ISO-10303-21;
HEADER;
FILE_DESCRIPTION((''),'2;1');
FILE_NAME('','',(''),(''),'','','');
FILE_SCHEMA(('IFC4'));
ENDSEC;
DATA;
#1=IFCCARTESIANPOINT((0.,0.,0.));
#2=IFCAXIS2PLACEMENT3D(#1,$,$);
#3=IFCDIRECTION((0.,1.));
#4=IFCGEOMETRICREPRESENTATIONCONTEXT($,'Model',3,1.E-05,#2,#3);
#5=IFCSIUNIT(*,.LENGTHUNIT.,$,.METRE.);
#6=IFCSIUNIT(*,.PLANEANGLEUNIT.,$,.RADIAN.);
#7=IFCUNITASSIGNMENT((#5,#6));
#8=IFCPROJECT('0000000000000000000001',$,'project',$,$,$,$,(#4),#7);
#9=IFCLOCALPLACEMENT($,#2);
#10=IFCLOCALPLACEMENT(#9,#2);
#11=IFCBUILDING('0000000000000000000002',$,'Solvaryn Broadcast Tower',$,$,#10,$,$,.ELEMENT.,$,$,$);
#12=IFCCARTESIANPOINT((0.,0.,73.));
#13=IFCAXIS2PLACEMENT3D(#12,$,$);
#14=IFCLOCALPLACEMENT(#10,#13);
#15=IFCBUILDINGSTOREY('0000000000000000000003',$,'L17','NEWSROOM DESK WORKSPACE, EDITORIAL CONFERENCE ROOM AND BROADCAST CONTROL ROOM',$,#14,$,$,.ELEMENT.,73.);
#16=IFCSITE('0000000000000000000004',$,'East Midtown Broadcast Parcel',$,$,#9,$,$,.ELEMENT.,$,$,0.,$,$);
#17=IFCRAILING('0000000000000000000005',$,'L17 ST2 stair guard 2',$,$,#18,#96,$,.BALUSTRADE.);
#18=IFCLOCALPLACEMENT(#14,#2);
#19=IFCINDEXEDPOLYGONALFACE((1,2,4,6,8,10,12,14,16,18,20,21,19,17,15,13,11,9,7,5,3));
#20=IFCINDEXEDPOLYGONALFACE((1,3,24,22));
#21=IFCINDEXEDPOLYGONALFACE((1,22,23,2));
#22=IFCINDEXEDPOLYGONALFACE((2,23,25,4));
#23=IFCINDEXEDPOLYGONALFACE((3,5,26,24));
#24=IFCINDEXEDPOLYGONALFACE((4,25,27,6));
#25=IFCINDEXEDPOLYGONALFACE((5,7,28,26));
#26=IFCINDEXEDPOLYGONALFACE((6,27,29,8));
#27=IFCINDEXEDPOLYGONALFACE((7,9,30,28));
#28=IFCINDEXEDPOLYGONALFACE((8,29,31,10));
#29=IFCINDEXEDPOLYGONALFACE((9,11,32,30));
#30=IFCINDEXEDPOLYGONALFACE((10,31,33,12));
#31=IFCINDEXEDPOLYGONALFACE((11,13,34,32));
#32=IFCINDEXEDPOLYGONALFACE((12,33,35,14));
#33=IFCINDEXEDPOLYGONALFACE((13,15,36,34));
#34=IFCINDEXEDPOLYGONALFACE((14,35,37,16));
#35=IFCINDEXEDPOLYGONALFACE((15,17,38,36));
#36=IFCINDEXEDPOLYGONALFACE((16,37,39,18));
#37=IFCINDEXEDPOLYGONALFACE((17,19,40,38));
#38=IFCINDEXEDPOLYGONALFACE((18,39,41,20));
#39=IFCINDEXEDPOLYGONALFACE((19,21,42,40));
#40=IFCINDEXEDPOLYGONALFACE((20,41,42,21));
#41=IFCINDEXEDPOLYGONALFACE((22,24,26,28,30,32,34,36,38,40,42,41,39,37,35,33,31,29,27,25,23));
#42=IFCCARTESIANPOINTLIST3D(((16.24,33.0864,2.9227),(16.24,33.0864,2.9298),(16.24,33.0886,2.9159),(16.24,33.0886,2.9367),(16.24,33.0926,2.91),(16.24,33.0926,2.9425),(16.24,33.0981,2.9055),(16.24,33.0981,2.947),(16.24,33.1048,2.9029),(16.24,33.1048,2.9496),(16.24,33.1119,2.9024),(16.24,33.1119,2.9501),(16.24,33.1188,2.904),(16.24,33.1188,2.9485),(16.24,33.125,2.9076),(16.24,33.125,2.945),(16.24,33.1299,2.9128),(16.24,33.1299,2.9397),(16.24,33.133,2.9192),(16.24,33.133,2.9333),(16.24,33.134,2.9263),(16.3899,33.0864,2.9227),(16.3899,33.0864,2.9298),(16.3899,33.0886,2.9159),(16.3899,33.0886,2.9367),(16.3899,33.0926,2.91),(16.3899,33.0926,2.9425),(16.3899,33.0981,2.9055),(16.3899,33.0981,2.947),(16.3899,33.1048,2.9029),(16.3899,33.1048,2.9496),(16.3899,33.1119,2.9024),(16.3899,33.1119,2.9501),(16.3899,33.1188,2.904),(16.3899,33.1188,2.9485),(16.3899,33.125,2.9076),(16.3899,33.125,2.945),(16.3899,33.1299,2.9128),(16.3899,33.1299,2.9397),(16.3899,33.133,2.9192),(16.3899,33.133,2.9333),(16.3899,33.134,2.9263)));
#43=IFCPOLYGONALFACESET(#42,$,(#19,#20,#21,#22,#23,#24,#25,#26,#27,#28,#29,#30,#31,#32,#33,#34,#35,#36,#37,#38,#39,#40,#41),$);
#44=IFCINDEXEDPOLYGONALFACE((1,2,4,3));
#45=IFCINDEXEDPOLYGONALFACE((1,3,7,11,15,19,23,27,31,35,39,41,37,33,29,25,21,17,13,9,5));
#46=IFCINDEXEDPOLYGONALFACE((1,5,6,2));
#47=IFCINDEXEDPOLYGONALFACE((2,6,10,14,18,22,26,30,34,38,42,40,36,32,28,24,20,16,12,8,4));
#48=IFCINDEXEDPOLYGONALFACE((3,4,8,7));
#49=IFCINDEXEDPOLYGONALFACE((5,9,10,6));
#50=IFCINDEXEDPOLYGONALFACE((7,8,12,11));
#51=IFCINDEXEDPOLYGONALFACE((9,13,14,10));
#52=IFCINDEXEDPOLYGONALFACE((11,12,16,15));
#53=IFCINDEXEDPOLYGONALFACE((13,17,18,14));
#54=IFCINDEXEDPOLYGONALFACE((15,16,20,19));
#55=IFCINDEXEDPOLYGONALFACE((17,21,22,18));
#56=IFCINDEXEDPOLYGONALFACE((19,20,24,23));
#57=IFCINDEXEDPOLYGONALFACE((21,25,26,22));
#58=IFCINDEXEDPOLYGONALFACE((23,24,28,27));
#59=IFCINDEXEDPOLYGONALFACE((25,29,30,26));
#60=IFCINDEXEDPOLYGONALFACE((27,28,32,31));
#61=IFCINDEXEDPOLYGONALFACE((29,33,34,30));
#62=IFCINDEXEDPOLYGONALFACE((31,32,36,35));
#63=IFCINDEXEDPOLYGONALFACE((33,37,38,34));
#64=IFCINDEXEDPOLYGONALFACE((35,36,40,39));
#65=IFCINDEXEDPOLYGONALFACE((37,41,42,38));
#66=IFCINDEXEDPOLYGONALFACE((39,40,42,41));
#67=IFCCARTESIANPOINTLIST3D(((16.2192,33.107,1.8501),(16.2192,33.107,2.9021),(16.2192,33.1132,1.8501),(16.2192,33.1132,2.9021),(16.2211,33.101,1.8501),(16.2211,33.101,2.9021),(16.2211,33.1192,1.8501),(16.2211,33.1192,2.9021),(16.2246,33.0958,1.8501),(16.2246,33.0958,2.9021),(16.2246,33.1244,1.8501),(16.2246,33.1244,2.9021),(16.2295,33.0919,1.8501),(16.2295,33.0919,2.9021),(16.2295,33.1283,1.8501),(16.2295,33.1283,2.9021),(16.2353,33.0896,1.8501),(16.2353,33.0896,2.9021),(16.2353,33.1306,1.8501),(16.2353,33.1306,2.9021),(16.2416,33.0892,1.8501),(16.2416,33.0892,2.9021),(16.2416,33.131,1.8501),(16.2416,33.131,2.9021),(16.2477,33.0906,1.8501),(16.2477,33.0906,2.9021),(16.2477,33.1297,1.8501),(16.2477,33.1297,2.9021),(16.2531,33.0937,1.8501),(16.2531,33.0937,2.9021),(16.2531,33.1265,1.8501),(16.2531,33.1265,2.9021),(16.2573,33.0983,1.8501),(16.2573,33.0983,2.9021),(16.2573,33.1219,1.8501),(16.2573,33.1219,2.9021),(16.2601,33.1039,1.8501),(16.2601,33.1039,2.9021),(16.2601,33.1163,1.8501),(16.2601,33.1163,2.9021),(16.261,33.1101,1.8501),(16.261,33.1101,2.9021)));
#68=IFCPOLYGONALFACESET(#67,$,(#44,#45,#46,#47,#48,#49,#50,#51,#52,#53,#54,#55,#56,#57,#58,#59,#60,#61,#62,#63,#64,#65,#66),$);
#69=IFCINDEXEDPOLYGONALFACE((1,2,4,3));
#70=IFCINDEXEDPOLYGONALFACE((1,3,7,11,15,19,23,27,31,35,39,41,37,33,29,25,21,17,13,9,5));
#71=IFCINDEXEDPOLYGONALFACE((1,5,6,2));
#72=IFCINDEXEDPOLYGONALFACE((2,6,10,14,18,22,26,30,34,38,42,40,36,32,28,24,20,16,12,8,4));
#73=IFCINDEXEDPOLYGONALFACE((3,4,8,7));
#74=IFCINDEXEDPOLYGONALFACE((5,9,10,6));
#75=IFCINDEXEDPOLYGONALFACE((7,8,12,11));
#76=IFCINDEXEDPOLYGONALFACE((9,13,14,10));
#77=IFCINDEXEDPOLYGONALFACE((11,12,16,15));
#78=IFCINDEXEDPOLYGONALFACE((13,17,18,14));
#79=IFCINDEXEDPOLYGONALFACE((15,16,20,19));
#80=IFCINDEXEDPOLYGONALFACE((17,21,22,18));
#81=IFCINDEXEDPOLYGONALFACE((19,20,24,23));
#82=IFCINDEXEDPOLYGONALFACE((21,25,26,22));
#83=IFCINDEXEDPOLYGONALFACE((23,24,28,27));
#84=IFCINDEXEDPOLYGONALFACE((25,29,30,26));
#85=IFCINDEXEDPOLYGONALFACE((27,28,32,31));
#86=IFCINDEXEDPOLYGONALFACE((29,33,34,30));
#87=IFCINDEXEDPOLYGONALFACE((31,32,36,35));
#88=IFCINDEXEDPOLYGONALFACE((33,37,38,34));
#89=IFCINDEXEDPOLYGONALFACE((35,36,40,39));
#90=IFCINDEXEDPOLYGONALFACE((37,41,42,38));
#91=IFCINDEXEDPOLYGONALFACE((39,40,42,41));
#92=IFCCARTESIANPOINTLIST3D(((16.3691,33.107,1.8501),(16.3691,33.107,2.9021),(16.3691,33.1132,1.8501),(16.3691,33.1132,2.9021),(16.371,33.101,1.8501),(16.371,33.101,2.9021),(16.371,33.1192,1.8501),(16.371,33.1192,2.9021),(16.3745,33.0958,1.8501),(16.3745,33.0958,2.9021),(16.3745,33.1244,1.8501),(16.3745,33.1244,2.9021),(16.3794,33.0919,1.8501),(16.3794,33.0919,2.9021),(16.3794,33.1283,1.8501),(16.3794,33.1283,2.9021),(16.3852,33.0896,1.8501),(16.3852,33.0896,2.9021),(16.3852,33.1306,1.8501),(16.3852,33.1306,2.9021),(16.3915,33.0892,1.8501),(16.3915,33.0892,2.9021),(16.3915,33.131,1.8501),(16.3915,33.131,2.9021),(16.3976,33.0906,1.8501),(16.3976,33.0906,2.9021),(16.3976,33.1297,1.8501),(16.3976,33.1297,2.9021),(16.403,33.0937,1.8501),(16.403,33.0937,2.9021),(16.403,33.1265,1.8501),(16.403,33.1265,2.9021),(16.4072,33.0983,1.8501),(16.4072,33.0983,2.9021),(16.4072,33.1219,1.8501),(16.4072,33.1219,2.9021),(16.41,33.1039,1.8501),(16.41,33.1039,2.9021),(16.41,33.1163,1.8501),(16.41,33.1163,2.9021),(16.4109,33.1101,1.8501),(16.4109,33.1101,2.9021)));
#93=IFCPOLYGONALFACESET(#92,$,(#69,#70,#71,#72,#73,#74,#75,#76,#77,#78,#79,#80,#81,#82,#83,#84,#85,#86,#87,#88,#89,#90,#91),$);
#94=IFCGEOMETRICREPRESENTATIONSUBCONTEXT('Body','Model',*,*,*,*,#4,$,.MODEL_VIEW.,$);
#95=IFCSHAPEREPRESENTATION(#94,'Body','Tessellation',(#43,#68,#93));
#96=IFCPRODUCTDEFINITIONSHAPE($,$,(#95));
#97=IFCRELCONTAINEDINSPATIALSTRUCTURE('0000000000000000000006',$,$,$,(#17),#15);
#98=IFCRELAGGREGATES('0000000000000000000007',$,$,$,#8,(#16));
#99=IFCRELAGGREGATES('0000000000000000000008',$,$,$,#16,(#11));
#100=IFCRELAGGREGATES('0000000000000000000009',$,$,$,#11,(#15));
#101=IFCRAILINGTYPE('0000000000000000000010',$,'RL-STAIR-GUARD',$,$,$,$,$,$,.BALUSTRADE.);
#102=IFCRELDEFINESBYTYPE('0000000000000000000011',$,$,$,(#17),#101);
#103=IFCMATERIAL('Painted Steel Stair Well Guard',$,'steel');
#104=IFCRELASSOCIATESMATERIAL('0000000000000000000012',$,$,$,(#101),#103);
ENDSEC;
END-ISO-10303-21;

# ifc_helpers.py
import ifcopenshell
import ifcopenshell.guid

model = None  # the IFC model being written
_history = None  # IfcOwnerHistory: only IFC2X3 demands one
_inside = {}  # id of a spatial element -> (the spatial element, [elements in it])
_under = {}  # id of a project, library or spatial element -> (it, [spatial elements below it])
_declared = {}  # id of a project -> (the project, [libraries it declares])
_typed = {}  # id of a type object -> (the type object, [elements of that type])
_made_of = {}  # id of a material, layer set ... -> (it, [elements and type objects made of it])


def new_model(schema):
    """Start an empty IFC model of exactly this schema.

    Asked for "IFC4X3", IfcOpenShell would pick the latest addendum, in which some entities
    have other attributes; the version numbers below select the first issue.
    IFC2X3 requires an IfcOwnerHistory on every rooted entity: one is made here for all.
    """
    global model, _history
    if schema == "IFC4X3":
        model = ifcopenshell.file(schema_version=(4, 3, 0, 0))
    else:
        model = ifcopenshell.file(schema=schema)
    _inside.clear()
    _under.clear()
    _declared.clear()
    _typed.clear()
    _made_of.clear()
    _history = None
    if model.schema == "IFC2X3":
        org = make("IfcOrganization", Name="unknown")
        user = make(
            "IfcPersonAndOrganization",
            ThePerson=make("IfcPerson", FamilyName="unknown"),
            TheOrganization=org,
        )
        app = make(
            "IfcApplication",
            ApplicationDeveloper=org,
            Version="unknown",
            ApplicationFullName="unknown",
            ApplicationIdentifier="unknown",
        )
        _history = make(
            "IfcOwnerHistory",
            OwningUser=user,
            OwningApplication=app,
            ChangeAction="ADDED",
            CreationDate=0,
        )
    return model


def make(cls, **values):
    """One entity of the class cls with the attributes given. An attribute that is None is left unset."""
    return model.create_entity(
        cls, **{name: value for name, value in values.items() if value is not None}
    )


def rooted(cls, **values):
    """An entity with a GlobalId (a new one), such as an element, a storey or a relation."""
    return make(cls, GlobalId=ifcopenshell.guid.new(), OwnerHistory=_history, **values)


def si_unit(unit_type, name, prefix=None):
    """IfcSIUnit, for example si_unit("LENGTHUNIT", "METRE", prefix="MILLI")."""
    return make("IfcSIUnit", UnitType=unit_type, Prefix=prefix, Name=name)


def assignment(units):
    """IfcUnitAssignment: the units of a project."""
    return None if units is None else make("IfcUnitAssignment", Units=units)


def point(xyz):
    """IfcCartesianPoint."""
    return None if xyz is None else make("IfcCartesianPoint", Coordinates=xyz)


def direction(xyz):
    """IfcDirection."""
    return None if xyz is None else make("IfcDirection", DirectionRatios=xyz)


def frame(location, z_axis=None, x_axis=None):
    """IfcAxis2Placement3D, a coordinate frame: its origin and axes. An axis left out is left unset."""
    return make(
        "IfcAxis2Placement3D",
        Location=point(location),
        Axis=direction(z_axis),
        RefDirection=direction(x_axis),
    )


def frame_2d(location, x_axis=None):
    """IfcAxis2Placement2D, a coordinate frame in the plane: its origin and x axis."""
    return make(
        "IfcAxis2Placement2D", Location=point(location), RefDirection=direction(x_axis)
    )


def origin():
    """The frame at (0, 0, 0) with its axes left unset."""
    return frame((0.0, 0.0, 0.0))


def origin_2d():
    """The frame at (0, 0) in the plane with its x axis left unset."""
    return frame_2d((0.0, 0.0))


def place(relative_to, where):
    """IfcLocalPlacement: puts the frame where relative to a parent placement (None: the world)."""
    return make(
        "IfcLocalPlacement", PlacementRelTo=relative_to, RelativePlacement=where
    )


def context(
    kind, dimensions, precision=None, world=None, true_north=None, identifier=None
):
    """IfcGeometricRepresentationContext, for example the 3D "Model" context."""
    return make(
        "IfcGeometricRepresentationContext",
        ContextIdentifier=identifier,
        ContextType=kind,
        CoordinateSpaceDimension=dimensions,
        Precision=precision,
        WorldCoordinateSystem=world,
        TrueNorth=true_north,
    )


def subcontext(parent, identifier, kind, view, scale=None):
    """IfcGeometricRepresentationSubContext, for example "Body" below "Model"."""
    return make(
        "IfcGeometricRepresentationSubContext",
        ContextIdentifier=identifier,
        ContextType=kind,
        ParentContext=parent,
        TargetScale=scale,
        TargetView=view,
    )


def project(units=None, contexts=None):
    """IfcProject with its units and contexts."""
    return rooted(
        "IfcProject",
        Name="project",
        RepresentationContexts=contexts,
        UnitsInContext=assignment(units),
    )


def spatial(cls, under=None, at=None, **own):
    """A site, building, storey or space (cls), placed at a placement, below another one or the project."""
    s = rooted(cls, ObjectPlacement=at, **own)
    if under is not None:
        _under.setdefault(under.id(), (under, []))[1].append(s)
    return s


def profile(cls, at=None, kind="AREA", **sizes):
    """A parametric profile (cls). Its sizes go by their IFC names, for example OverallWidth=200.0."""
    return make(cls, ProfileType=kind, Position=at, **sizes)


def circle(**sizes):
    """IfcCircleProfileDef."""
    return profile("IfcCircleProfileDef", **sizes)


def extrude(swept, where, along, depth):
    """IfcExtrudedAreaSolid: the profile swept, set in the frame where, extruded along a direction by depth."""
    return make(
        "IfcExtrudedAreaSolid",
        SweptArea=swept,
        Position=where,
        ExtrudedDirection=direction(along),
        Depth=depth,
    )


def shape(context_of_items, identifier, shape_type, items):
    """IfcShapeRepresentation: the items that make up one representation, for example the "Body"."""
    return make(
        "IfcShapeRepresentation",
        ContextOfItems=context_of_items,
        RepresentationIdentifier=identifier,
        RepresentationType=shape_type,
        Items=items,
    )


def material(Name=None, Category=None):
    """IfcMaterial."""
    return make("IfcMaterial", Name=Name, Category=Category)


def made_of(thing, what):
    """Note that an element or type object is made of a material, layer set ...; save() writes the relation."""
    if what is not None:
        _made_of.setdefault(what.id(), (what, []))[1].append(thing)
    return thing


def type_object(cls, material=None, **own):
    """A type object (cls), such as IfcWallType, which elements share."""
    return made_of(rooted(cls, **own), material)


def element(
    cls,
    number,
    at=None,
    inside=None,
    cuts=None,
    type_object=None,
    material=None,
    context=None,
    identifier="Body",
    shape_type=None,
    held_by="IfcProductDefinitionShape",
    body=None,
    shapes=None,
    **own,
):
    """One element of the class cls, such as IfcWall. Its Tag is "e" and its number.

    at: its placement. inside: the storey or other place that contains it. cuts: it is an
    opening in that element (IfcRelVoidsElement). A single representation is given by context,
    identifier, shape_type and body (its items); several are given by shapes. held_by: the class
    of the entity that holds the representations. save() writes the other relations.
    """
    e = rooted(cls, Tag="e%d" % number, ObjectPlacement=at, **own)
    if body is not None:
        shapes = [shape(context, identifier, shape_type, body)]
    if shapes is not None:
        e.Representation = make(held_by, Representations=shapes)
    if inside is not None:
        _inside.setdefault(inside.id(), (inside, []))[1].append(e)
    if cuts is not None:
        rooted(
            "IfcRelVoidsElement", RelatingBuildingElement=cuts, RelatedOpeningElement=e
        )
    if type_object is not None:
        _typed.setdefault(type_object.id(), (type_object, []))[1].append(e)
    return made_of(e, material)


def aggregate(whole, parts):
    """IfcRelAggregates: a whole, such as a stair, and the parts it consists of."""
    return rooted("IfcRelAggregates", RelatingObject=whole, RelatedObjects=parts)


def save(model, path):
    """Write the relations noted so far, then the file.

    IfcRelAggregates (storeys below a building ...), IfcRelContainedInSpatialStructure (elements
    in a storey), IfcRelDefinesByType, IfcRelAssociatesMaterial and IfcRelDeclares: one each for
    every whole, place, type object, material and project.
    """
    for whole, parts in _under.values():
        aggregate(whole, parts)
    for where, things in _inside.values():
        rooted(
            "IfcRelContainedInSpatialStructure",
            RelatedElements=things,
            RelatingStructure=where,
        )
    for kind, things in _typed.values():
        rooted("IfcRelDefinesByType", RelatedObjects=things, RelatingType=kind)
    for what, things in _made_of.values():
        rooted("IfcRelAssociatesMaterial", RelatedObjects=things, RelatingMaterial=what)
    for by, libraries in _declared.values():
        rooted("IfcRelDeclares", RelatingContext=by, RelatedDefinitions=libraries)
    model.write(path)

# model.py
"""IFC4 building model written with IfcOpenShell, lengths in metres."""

from ifc_helpers import new_model, si_unit, direction, frame, origin, origin_2d, place, context, subcontext, project, spatial, circle, extrude, material, type_object, element, save


model = new_model("IFC4")

# Units and contexts
model_context = context("Model", 3, precision=1e-05, world=origin(), true_north=direction((0.0, 1.0)))
body_context = subcontext(model_context, "Body", "Model", "MODEL_VIEW")
ifc_project = project(units=[si_unit("LENGTHUNIT", "METRE"), si_unit("PLANEANGLEUNIT", "RADIAN")], contexts=[model_context])

# Site, building, storey
site_placement = place(None, origin())
site = spatial("IfcSite", under=ifc_project, at=site_placement, Name="East Midtown Broadcast Parcel", CompositionType="ELEMENT", RefElevation=0.0)
building_placement = place(site_placement, origin())
building = spatial("IfcBuilding", under=site, at=building_placement, Name="Solvaryn Broadcast Tower", CompositionType="ELEMENT")
storey_placement = place(building_placement, frame((0.0, 0.0, 73.0)))
storey = spatial("IfcBuildingStorey", under=building, at=storey_placement, Name="L17", Description="NEWSROOM DESK WORKSPACE, EDITORIAL CONFERENCE ROOM AND BROADCAST CONTROL ROOM", CompositionType="ELEMENT", Elevation=73.0)

# Railing
ifc_material_1 = material(Name="Painted Steel Stair Well Guard", Category="steel")
railing_type_1 = type_object("IfcRailingType", Name="RL-STAIR-GUARD", PredefinedType="BALUSTRADE", material=ifc_material_1)
railing_1_placement = place(storey_placement, frame((16.24, 33.1101, 1.8501)))
element("IfcRailing", 1, at=railing_1_placement, inside=storey, type_object=railing_type_1, Name="L17 ST2 stair guard 2", PredefinedType="BALUSTRADE", context=body_context, shape_type="SweptSolid", body=[
    extrude(circle(Radius=0.0239, at=origin_2d()), frame((0.0, 0.0, 1.0762), z_axis=(1.0, 0.0, 0.0), x_axis=(0.0, 1.0, 0.0)), (0.0, 0.0, 1.0), 0.1499),
    extrude(circle(Radius=0.021, at=origin_2d()), origin(), (0.0, 0.0, 1.0), 1.052),
    extrude(circle(Radius=0.021, at=origin_2d()), frame((0.1499, 0.0, 0.0)), (0.0, 0.0, 1.0), 1.052),
])

save(model, "model.ifc")
